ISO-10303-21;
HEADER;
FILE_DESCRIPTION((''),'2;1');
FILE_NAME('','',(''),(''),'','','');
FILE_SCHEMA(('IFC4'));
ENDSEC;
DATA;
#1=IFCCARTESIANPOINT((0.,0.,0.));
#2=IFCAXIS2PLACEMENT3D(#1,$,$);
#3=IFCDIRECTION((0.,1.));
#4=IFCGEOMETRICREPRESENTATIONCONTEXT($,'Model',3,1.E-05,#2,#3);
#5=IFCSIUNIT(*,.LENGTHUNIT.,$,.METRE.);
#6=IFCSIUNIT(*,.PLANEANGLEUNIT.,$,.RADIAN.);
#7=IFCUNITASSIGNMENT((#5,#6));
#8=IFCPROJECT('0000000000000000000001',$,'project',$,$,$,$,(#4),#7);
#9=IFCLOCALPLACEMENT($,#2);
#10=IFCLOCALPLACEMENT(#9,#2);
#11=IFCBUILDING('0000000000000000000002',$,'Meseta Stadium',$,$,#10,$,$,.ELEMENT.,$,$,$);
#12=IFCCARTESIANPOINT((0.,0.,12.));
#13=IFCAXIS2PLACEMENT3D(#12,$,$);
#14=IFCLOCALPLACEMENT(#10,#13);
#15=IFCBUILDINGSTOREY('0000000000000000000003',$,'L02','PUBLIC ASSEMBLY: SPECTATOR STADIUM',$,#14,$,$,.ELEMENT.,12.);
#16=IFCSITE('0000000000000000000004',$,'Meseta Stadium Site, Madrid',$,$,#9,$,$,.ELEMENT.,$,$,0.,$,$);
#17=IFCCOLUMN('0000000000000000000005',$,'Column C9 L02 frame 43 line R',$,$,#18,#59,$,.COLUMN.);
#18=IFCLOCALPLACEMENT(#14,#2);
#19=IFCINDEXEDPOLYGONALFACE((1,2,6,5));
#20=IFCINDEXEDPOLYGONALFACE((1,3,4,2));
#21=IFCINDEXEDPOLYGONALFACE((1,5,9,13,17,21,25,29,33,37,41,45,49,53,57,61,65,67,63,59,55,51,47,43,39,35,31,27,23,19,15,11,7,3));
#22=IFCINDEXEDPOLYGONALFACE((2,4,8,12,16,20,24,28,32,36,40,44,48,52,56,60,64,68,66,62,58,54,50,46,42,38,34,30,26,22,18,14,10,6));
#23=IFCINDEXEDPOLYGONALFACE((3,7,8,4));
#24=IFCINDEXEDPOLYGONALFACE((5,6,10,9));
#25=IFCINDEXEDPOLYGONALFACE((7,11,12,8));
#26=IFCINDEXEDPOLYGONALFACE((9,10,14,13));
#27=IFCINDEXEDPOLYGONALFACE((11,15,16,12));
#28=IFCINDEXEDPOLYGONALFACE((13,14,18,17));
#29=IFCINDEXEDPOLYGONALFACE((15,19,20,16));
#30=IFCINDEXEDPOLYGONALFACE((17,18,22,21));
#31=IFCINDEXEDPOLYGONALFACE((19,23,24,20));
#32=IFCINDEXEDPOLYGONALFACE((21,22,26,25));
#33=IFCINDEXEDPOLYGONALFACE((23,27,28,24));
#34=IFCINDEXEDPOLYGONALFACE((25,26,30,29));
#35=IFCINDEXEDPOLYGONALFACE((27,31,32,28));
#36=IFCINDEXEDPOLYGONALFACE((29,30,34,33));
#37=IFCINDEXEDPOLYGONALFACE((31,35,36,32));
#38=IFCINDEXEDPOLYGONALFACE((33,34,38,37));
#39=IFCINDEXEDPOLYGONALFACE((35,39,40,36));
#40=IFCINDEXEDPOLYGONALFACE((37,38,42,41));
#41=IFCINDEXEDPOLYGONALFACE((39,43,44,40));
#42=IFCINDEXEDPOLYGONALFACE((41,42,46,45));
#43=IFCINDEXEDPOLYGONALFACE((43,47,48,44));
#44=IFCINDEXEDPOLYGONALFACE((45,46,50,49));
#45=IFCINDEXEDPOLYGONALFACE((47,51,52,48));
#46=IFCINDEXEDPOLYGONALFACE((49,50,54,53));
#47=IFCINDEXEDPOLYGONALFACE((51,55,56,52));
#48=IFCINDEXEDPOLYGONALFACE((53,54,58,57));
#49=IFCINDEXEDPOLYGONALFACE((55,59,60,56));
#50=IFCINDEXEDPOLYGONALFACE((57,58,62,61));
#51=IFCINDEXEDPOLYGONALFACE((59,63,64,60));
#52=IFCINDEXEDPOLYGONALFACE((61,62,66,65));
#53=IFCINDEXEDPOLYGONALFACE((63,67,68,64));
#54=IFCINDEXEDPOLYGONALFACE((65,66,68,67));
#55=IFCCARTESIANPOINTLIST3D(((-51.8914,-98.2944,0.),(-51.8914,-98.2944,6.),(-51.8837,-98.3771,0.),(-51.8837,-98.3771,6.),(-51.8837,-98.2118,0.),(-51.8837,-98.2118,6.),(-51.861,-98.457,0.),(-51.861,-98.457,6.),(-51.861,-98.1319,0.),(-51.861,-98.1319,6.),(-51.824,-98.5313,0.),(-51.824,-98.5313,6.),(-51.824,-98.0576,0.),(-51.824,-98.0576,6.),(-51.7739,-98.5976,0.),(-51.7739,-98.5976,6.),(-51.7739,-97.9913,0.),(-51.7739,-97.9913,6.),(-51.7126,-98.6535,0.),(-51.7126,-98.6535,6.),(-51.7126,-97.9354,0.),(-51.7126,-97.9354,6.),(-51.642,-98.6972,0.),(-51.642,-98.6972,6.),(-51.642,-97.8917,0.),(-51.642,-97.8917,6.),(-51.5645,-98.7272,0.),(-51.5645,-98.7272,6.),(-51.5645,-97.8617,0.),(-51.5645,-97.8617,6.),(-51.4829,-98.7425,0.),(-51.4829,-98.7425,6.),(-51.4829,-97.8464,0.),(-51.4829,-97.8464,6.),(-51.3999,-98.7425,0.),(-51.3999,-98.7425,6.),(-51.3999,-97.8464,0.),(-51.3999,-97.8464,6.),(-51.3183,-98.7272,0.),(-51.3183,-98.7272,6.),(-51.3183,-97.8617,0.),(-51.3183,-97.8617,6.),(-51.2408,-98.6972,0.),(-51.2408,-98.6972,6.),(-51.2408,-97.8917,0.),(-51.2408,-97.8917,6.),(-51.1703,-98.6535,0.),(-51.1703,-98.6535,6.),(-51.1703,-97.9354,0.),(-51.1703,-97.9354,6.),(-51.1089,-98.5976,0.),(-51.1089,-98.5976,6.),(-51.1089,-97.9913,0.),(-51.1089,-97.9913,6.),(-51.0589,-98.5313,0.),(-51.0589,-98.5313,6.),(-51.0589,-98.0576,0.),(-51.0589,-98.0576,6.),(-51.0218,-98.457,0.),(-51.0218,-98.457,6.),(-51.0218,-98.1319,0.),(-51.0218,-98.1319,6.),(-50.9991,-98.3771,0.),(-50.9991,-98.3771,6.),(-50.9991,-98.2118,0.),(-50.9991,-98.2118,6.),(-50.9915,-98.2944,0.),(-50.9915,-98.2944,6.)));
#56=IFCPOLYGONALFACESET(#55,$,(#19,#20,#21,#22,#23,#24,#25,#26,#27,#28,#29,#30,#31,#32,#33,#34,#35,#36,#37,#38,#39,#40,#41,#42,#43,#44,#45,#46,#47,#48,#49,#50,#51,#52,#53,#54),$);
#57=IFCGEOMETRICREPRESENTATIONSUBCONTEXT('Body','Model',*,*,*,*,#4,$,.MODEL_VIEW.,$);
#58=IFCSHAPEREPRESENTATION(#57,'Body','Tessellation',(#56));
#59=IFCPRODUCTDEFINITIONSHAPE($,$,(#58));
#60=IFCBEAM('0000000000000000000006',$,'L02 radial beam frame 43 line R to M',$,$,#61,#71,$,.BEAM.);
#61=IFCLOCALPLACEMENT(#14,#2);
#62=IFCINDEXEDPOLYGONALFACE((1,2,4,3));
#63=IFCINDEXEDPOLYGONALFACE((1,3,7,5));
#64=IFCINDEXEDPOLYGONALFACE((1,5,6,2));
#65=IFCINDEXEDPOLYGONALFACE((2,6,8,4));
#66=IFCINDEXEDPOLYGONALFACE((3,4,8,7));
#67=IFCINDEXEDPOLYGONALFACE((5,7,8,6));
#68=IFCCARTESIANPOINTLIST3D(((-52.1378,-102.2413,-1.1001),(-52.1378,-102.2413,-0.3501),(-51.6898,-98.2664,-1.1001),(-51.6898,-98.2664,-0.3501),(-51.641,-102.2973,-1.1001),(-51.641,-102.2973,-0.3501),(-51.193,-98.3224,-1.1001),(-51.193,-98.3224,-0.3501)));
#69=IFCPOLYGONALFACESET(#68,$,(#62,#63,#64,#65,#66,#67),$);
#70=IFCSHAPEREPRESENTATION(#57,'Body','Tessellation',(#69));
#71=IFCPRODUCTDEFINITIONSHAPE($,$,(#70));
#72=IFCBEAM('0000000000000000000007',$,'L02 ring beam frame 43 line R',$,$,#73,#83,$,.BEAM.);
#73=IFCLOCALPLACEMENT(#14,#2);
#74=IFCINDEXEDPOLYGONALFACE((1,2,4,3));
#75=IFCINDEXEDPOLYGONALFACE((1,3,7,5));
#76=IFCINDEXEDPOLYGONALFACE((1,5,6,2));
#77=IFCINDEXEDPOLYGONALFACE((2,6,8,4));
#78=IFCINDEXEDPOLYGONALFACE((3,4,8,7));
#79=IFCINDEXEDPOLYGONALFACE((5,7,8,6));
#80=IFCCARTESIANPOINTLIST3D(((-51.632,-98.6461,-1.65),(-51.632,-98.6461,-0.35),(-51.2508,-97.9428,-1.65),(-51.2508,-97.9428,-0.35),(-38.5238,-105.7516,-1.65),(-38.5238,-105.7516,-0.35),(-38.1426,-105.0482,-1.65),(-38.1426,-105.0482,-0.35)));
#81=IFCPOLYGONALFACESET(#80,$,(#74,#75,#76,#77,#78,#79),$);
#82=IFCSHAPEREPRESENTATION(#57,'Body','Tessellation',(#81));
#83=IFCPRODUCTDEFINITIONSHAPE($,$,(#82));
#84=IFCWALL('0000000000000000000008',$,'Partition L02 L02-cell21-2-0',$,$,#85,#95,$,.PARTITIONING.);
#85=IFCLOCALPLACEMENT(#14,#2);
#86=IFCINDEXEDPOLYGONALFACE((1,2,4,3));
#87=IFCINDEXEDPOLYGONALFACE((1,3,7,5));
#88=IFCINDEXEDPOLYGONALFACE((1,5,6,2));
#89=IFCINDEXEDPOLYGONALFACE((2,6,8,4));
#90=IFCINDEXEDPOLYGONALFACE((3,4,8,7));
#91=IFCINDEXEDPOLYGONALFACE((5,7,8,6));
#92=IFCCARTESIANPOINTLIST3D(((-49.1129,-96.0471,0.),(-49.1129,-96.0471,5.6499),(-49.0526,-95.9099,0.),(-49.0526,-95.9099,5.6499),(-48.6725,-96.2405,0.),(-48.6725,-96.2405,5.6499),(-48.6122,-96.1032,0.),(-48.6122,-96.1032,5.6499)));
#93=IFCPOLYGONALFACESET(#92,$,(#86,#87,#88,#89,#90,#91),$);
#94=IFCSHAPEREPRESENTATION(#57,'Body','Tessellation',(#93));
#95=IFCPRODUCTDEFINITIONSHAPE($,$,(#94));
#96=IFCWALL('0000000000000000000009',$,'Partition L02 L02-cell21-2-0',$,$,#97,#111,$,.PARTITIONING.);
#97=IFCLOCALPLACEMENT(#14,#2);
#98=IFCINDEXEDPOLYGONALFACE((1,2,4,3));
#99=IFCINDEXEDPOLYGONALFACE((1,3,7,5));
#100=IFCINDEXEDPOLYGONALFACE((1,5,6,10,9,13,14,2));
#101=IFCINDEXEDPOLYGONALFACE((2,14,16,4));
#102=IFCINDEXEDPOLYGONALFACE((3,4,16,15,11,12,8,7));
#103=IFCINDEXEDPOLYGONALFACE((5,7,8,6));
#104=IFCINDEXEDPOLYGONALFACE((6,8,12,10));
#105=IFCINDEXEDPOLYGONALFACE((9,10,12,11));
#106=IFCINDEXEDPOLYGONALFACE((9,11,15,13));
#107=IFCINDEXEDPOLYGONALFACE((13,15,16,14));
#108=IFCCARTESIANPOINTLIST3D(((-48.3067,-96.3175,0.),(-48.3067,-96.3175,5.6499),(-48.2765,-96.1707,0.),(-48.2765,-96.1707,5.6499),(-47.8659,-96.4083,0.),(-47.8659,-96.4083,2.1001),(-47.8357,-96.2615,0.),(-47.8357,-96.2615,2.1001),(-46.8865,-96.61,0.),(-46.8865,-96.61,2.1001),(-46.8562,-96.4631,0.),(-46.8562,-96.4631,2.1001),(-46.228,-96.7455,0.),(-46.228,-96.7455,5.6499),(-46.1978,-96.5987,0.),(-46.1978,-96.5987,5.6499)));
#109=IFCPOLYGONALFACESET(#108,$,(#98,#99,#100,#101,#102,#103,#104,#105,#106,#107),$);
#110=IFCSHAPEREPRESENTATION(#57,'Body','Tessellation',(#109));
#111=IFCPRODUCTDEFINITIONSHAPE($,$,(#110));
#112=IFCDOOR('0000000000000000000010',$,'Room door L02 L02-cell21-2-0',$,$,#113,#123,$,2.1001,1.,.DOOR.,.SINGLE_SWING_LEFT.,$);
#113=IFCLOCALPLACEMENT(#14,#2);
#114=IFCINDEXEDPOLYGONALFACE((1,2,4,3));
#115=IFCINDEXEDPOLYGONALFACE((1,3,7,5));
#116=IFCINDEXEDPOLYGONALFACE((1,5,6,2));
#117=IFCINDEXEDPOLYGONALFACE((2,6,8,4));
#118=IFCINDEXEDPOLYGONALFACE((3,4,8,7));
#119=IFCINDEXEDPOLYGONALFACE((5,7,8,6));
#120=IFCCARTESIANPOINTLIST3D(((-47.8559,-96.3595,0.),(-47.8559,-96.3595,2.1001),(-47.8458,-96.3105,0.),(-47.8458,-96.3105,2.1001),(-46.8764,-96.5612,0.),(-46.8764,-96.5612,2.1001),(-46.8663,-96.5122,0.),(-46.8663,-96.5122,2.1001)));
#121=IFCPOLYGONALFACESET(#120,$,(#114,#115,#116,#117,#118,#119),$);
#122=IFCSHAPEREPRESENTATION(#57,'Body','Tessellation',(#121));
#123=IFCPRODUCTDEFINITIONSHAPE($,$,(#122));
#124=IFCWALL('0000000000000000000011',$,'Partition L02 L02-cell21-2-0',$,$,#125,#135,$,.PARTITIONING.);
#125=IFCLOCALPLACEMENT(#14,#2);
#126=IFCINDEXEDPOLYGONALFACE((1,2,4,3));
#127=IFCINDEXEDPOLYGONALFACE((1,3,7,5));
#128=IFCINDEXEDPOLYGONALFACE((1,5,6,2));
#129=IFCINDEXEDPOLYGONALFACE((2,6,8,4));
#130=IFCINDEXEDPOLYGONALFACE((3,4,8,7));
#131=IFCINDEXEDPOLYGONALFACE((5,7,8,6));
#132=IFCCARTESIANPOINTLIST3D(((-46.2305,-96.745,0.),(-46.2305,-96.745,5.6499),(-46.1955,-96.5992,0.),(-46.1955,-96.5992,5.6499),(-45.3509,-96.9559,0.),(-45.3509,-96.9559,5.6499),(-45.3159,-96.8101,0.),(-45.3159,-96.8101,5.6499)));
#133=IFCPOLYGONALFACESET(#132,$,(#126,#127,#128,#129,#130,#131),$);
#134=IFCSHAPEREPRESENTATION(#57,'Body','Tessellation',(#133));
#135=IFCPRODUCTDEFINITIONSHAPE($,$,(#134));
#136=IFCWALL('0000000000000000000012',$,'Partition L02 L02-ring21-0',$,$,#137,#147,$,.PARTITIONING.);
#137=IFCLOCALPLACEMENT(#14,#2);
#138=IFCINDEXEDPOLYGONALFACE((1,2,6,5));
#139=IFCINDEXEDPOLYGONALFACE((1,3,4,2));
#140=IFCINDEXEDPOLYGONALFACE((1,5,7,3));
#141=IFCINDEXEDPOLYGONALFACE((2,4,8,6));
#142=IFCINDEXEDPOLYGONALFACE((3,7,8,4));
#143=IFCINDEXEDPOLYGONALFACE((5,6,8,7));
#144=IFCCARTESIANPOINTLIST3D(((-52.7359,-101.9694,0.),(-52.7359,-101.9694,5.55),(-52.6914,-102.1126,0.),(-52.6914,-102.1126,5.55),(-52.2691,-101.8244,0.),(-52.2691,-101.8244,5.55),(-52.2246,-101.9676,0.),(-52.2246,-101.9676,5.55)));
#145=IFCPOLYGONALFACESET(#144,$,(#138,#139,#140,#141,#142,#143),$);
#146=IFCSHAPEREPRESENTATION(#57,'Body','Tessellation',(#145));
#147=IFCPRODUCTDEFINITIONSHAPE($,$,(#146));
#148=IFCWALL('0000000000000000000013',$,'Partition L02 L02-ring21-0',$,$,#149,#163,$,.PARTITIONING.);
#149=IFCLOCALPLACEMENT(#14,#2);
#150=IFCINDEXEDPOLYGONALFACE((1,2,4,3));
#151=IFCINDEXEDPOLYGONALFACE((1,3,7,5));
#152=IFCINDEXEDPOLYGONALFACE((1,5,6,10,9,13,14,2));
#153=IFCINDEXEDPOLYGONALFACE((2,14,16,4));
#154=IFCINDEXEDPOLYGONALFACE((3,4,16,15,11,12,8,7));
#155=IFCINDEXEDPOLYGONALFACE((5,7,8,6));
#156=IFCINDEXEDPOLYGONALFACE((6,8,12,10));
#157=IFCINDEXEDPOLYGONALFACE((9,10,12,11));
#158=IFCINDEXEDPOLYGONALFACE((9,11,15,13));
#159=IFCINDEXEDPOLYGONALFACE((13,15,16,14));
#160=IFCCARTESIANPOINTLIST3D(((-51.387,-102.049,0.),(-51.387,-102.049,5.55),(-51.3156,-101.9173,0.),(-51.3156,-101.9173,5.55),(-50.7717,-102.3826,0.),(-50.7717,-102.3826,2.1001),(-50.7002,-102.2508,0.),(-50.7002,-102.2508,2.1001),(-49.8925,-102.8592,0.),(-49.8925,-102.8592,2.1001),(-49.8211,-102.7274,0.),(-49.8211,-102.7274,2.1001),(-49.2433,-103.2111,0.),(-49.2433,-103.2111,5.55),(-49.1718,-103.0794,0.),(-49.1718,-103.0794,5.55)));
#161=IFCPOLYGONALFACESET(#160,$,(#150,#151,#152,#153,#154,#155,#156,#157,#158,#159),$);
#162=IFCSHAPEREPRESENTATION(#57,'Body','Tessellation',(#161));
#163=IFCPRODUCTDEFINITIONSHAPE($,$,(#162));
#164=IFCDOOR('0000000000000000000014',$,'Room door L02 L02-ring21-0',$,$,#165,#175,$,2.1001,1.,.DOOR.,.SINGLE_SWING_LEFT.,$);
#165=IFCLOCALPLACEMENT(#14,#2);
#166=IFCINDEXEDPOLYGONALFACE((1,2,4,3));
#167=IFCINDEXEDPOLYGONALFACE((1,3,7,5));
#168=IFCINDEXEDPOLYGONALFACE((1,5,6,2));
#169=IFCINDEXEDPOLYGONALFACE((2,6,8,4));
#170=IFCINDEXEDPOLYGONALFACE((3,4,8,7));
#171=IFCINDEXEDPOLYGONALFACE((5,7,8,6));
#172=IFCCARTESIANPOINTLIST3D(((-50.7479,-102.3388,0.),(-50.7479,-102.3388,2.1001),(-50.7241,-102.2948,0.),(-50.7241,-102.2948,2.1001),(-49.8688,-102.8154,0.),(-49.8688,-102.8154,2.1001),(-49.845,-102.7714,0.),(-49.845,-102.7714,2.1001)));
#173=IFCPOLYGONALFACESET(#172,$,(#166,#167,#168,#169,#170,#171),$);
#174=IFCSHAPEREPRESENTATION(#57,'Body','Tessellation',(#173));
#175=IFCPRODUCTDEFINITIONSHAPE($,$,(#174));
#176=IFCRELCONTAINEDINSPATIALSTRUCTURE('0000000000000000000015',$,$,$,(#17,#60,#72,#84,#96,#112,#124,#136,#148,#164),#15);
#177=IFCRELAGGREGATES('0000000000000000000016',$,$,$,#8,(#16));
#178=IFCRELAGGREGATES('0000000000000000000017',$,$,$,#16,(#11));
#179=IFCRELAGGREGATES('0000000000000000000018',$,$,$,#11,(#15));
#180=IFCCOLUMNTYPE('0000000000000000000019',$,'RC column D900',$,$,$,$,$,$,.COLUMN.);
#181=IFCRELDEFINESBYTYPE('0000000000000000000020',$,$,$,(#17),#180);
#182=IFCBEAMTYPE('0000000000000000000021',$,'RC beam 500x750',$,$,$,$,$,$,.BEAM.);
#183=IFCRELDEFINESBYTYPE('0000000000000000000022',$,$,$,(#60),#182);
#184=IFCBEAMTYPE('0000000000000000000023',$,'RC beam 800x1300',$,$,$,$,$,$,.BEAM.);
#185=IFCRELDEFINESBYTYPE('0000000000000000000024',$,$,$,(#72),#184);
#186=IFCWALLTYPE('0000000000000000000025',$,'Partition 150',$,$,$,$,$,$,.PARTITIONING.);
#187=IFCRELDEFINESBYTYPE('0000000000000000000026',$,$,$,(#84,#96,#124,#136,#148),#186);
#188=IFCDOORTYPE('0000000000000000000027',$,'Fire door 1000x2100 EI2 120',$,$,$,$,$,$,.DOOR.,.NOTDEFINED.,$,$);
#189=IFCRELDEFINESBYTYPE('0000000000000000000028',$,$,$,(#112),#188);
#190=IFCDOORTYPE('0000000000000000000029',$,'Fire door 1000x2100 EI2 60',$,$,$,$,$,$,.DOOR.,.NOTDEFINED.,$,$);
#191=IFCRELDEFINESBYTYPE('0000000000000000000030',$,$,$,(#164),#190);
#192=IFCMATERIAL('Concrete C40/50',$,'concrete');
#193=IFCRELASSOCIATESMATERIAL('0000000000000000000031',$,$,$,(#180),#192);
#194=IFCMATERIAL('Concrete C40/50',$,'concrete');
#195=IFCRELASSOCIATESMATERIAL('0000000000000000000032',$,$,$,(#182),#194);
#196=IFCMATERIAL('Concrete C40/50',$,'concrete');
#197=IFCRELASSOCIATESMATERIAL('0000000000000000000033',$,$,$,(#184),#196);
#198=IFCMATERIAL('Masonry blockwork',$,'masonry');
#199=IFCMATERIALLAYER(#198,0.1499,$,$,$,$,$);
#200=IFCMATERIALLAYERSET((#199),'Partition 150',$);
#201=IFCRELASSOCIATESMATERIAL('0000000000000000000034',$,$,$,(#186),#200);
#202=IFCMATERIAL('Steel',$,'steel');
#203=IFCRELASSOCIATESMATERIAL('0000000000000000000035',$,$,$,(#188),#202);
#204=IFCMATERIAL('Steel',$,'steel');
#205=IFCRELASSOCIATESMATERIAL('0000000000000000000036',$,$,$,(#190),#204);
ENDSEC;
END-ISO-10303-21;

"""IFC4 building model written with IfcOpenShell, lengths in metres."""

from ifc_helpers import new_model, si_unit, direction, frame, frame_2d, origin, origin_2d, place, context, subcontext, project, spatial, rectangle, circle, extrude, material, layer, layer_set, material_profile, profile_set, type_object, element, fill, save


model = new_model("IFC4")

# Units and contexts
model_context = context("Model", 3, precision=1e-05, world=origin(), true_north=direction((0.0, 1.0)))
body_context = subcontext(model_context, "Body", "Model", "MODEL_VIEW")
ifc_project = project(units=[si_unit("LENGTHUNIT", "METRE"), si_unit("PLANEANGLEUNIT", "RADIAN")], contexts=[model_context])

# Site, building, storey
site_placement = place(None, origin())
site = spatial("IfcSite", under=ifc_project, at=site_placement, Name="Meseta Stadium Site, Madrid", CompositionType="ELEMENT", RefElevation=0.0)
building_placement = place(site_placement, origin())
building = spatial("IfcBuilding", under=site, at=building_placement, Name="Meseta Stadium", CompositionType="ELEMENT")
storey_placement = place(building_placement, frame((0.0, 0.0, 12.0)))
storey = spatial("IfcBuildingStorey", under=building, at=storey_placement, Name="L02", Description="PUBLIC ASSEMBLY: SPECTATOR STADIUM", CompositionType="ELEMENT", Elevation=12.0)

# Column
ifc_material_1 = material(Name="Concrete C40/50", Category="concrete")
ifc_material_profile_1 = material_profile(ifc_material_1, circle(Radius=0.45, at=origin_2d()), Name="RC D900")
ifc_profile_set_1 = profile_set([ifc_material_profile_1], Name="Concrete C40/50")
column_type = type_object("IfcColumnType", Name="RC column D900", PredefinedType="COLUMN", material=ifc_profile_set_1)
column_placement = place(storey_placement, frame((-51.4414, -98.2944, 0.0), z_axis=(0.0, 0.0, 1.0), x_axis=(1.0, 0.0, 0.0)))
element("IfcColumn", 1, at=column_placement, inside=storey, type_object=column_type, Name="Column C9 L02 frame 43 line R", PredefinedType="COLUMN", context=body_context, shape_type="SweptSolid", body=[
    extrude(circle(Radius=0.45, at=origin_2d()), origin(), (0.0, 0.0, 1.0), 6.0),
])

# Beams
ifc_material_2 = material(Name="Concrete C40/50", Category="concrete")
ifc_material_profile_2 = material_profile(ifc_material_2, rectangle(XDim=0.5, YDim=0.75, at=origin_2d()), Name="RC 500x750")
ifc_profile_set_2 = profile_set([ifc_material_profile_2], Name="Concrete C40/50")
beam_type_1 = type_object("IfcBeamType", Name="RC beam 500x750", PredefinedType="BEAM", material=ifc_profile_set_2)
beam_1_placement = place(storey_placement, frame((-51.4414, -98.2944, -0.7251), z_axis=(-0.111999, -0.993708, 0.0), x_axis=(0.993708, -0.111999, 0.0)))
element("IfcBeam", 2, at=beam_1_placement, inside=storey, type_object=beam_type_1, Name="L02 radial beam frame 43 line R to M", PredefinedType="BEAM", context=body_context, shape_type="SweptSolid", body=[
    extrude(rectangle(XDim=0.5, YDim=0.75, at=origin_2d()), origin(), (0.0, 0.0, 1.0), 4.0),
])
ifc_material_3 = material(Name="Concrete C40/50", Category="concrete")
ifc_material_profile_3 = material_profile(ifc_material_3, rectangle(XDim=0.8, YDim=1.3, at=origin_2d()), Name="RC 800x1300")
ifc_profile_set_3 = profile_set([ifc_material_profile_3], Name="Concrete C40/50")
beam_type_2 = type_object("IfcBeamType", Name="RC beam 800x1300", PredefinedType="BEAM", material=ifc_profile_set_3)
beam_2_placement = place(storey_placement, frame((-51.4414, -98.2944, -1.0), z_axis=(0.879145, -0.476554, 0.0), x_axis=(0.476554, 0.879145, 0.0)))
element("IfcBeam", 3, at=beam_2_placement, inside=storey, type_object=beam_type_2, Name="L02 ring beam frame 43 line R", PredefinedType="BEAM", context=body_context, shape_type="SweptSolid", body=[
    extrude(rectangle(XDim=0.8, YDim=1.3, at=origin_2d()), origin(), (0.0, 0.0, 1.0), 14.9102),
])

# Wall
ifc_material_4 = material(Name="Masonry blockwork", Category="masonry")
ifc_layer_1 = layer(ifc_material_4, 0.1499)
ifc_layer_set_1 = layer_set([ifc_layer_1], Name="Partition 150")
wall_type_1 = type_object("IfcWallType", Name="Partition 150", PredefinedType="PARTITIONING", material=ifc_layer_set_1)
wall_1_placement = place(storey_placement, frame((-49.0828, -95.9785, 0.0), z_axis=(0.0, 0.0, 1.0), x_axis=(0.915644, -0.40199, 0.0)))
element("IfcWall", 4, at=wall_1_placement, inside=storey, type_object=wall_type_1, Name="Partition L02 L02-cell21-2-0", PredefinedType="PARTITIONING", context=body_context, shape_type="SweptSolid", body=[
    extrude(rectangle(XDim=0.481, YDim=0.1499, at=frame_2d((0.2405, 0.0))), origin(), (0.0, 0.0, 1.0), 5.6499),
])

# Wall, opening, door
wall_2_placement = place(storey_placement, frame((-48.2915, -96.2441, 0.0), z_axis=(0.0, 0.0, 1.0), x_axis=(0.979454, -0.201666, 0.0)))
wall_2 = element("IfcWall", 5, at=wall_2_placement, inside=storey, type_object=wall_type_1, Name="Partition L02 L02-cell21-2-0", PredefinedType="PARTITIONING", context=body_context, shape_type="SweptSolid", body=[
    extrude(rectangle(XDim=2.1223, YDim=0.1499, at=frame_2d((1.061, 0.0))), origin(), (0.0, 0.0, 1.0), 5.6499),
])
opening_1_placement = place(wall_2_placement, frame((0.45, 0.0, 0.0)))
opening_1 = element("IfcOpeningElement", 6, at=opening_1_placement, cuts=wall_2, PredefinedType="OPENING", context=body_context, shape_type="SweptSolid", body=[
    extrude(rectangle(XDim=1.0, YDim=2.1001, at=frame_2d((0.5, 1.05))), frame((0.0, 0.085, 0.0), z_axis=(0.0, -1.0, 0.0), x_axis=(1.0, 0.0, 0.0)), (0.0, 0.0, 1.0), 0.1699),
])
ifc_material_5 = material(Name="Steel", Category="steel")
door_type_1 = type_object("IfcDoorType", Name="Fire door 1000x2100 EI2 120", OperationType="NOTDEFINED", PredefinedType="DOOR", material=ifc_material_5)
door_1_placement = place(opening_1_placement, origin())
door_1 = element("IfcDoor", 7, at=door_1_placement, inside=storey, type_object=door_type_1, Name="Room door L02 L02-cell21-2-0", OperationType="SINGLE_SWING_LEFT", OverallHeight=2.1001, OverallWidth=1.0, PredefinedType="DOOR", context=body_context, shape_type="SweptSolid", body=[
    extrude(rectangle(XDim=1.0, YDim=2.1001, at=frame_2d((0.5, 1.05))), frame((0.0, 0.0249, 0.0), z_axis=(0.0, -1.0, 0.0), x_axis=(1.0, 0.0, 0.0)), (0.0, 0.0, 1.0), 0.05),
])
fill(opening_1, door_1)

# Walls
wall_3_placement = place(storey_placement, frame((-46.2129, -96.6721, 0.0), z_axis=(0.0, 0.0, 1.0), x_axis=(0.972431, -0.233189, 0.0)))
element("IfcWall", 8, at=wall_3_placement, inside=storey, type_object=wall_type_1, Name="Partition L02 L02-cell21-2-0", PredefinedType="PARTITIONING", context=body_context, shape_type="SweptSolid", body=[
    extrude(rectangle(XDim=0.9045, YDim=0.1499, at=frame_2d((0.4521, 0.0))), origin(), (0.0, 0.0, 1.0), 5.6499),
])
wall_4_placement = place(storey_placement, frame((-52.7136, -102.041, 0.0), z_axis=(0.0, 0.0, 1.0), x_axis=(0.954976, 0.296682, 0.0)))
element("IfcWall", 9, at=wall_4_placement, inside=storey, type_object=wall_type_1, Name="Partition L02 L02-ring21-0", PredefinedType="PARTITIONING", context=body_context, shape_type="SweptSolid", body=[
    extrude(rectangle(XDim=0.4888, YDim=0.1499, at=frame_2d((0.2444, 0.0))), origin(), (0.0, 0.0, 1.0), 5.55),
])

# Wall, opening, door
wall_5_placement = place(storey_placement, frame((-51.3513, -101.9832, 0.0), z_axis=(0.0, 0.0, 1.0), x_axis=(0.87914, -0.476564, 0.0)))
wall_5 = element("IfcWall", 10, at=wall_5_placement, inside=storey, type_object=wall_type_1, Name="Partition L02 L02-ring21-0", PredefinedType="PARTITIONING", context=body_context, shape_type="SweptSolid", body=[
    extrude(rectangle(XDim=2.4385, YDim=0.1499, at=frame_2d((1.2192, 0.0))), origin(), (0.0, 0.0, 1.0), 5.55),
])
opening_2_placement = place(wall_5_placement, frame((0.7, 0.0, 0.0)))
opening_2 = element("IfcOpeningElement", 11, at=opening_2_placement, cuts=wall_5, PredefinedType="OPENING", context=body_context, shape_type="SweptSolid", body=[
    extrude(rectangle(XDim=1.0, YDim=2.1001, at=frame_2d((0.5, 1.05))), frame((0.0, 0.085, 0.0), z_axis=(0.0, -1.0, 0.0), x_axis=(1.0, 0.0, 0.0)), (0.0, 0.0, 1.0), 0.1699),
])
ifc_material_6 = material(Name="Steel", Category="steel")
door_type_2 = type_object("IfcDoorType", Name="Fire door 1000x2100 EI2 60", OperationType="NOTDEFINED", PredefinedType="DOOR", material=ifc_material_6)
door_2_placement = place(opening_2_placement, origin())
door_2 = element("IfcDoor", 12, at=door_2_placement, inside=storey, type_object=door_type_2, Name="Room door L02 L02-ring21-0", OperationType="SINGLE_SWING_LEFT", OverallHeight=2.1001, OverallWidth=1.0, PredefinedType="DOOR", context=body_context, shape_type="SweptSolid", body=[
    extrude(rectangle(XDim=1.0, YDim=2.1001, at=frame_2d((0.5, 1.05))), frame((0.0, 0.0249, 0.0), z_axis=(0.0, -1.0, 0.0), x_axis=(1.0, 0.0, 0.0)), (0.0, 0.0, 1.0), 0.05),
])
fill(opening_2, door_2)

save(model, "model.ifc")
